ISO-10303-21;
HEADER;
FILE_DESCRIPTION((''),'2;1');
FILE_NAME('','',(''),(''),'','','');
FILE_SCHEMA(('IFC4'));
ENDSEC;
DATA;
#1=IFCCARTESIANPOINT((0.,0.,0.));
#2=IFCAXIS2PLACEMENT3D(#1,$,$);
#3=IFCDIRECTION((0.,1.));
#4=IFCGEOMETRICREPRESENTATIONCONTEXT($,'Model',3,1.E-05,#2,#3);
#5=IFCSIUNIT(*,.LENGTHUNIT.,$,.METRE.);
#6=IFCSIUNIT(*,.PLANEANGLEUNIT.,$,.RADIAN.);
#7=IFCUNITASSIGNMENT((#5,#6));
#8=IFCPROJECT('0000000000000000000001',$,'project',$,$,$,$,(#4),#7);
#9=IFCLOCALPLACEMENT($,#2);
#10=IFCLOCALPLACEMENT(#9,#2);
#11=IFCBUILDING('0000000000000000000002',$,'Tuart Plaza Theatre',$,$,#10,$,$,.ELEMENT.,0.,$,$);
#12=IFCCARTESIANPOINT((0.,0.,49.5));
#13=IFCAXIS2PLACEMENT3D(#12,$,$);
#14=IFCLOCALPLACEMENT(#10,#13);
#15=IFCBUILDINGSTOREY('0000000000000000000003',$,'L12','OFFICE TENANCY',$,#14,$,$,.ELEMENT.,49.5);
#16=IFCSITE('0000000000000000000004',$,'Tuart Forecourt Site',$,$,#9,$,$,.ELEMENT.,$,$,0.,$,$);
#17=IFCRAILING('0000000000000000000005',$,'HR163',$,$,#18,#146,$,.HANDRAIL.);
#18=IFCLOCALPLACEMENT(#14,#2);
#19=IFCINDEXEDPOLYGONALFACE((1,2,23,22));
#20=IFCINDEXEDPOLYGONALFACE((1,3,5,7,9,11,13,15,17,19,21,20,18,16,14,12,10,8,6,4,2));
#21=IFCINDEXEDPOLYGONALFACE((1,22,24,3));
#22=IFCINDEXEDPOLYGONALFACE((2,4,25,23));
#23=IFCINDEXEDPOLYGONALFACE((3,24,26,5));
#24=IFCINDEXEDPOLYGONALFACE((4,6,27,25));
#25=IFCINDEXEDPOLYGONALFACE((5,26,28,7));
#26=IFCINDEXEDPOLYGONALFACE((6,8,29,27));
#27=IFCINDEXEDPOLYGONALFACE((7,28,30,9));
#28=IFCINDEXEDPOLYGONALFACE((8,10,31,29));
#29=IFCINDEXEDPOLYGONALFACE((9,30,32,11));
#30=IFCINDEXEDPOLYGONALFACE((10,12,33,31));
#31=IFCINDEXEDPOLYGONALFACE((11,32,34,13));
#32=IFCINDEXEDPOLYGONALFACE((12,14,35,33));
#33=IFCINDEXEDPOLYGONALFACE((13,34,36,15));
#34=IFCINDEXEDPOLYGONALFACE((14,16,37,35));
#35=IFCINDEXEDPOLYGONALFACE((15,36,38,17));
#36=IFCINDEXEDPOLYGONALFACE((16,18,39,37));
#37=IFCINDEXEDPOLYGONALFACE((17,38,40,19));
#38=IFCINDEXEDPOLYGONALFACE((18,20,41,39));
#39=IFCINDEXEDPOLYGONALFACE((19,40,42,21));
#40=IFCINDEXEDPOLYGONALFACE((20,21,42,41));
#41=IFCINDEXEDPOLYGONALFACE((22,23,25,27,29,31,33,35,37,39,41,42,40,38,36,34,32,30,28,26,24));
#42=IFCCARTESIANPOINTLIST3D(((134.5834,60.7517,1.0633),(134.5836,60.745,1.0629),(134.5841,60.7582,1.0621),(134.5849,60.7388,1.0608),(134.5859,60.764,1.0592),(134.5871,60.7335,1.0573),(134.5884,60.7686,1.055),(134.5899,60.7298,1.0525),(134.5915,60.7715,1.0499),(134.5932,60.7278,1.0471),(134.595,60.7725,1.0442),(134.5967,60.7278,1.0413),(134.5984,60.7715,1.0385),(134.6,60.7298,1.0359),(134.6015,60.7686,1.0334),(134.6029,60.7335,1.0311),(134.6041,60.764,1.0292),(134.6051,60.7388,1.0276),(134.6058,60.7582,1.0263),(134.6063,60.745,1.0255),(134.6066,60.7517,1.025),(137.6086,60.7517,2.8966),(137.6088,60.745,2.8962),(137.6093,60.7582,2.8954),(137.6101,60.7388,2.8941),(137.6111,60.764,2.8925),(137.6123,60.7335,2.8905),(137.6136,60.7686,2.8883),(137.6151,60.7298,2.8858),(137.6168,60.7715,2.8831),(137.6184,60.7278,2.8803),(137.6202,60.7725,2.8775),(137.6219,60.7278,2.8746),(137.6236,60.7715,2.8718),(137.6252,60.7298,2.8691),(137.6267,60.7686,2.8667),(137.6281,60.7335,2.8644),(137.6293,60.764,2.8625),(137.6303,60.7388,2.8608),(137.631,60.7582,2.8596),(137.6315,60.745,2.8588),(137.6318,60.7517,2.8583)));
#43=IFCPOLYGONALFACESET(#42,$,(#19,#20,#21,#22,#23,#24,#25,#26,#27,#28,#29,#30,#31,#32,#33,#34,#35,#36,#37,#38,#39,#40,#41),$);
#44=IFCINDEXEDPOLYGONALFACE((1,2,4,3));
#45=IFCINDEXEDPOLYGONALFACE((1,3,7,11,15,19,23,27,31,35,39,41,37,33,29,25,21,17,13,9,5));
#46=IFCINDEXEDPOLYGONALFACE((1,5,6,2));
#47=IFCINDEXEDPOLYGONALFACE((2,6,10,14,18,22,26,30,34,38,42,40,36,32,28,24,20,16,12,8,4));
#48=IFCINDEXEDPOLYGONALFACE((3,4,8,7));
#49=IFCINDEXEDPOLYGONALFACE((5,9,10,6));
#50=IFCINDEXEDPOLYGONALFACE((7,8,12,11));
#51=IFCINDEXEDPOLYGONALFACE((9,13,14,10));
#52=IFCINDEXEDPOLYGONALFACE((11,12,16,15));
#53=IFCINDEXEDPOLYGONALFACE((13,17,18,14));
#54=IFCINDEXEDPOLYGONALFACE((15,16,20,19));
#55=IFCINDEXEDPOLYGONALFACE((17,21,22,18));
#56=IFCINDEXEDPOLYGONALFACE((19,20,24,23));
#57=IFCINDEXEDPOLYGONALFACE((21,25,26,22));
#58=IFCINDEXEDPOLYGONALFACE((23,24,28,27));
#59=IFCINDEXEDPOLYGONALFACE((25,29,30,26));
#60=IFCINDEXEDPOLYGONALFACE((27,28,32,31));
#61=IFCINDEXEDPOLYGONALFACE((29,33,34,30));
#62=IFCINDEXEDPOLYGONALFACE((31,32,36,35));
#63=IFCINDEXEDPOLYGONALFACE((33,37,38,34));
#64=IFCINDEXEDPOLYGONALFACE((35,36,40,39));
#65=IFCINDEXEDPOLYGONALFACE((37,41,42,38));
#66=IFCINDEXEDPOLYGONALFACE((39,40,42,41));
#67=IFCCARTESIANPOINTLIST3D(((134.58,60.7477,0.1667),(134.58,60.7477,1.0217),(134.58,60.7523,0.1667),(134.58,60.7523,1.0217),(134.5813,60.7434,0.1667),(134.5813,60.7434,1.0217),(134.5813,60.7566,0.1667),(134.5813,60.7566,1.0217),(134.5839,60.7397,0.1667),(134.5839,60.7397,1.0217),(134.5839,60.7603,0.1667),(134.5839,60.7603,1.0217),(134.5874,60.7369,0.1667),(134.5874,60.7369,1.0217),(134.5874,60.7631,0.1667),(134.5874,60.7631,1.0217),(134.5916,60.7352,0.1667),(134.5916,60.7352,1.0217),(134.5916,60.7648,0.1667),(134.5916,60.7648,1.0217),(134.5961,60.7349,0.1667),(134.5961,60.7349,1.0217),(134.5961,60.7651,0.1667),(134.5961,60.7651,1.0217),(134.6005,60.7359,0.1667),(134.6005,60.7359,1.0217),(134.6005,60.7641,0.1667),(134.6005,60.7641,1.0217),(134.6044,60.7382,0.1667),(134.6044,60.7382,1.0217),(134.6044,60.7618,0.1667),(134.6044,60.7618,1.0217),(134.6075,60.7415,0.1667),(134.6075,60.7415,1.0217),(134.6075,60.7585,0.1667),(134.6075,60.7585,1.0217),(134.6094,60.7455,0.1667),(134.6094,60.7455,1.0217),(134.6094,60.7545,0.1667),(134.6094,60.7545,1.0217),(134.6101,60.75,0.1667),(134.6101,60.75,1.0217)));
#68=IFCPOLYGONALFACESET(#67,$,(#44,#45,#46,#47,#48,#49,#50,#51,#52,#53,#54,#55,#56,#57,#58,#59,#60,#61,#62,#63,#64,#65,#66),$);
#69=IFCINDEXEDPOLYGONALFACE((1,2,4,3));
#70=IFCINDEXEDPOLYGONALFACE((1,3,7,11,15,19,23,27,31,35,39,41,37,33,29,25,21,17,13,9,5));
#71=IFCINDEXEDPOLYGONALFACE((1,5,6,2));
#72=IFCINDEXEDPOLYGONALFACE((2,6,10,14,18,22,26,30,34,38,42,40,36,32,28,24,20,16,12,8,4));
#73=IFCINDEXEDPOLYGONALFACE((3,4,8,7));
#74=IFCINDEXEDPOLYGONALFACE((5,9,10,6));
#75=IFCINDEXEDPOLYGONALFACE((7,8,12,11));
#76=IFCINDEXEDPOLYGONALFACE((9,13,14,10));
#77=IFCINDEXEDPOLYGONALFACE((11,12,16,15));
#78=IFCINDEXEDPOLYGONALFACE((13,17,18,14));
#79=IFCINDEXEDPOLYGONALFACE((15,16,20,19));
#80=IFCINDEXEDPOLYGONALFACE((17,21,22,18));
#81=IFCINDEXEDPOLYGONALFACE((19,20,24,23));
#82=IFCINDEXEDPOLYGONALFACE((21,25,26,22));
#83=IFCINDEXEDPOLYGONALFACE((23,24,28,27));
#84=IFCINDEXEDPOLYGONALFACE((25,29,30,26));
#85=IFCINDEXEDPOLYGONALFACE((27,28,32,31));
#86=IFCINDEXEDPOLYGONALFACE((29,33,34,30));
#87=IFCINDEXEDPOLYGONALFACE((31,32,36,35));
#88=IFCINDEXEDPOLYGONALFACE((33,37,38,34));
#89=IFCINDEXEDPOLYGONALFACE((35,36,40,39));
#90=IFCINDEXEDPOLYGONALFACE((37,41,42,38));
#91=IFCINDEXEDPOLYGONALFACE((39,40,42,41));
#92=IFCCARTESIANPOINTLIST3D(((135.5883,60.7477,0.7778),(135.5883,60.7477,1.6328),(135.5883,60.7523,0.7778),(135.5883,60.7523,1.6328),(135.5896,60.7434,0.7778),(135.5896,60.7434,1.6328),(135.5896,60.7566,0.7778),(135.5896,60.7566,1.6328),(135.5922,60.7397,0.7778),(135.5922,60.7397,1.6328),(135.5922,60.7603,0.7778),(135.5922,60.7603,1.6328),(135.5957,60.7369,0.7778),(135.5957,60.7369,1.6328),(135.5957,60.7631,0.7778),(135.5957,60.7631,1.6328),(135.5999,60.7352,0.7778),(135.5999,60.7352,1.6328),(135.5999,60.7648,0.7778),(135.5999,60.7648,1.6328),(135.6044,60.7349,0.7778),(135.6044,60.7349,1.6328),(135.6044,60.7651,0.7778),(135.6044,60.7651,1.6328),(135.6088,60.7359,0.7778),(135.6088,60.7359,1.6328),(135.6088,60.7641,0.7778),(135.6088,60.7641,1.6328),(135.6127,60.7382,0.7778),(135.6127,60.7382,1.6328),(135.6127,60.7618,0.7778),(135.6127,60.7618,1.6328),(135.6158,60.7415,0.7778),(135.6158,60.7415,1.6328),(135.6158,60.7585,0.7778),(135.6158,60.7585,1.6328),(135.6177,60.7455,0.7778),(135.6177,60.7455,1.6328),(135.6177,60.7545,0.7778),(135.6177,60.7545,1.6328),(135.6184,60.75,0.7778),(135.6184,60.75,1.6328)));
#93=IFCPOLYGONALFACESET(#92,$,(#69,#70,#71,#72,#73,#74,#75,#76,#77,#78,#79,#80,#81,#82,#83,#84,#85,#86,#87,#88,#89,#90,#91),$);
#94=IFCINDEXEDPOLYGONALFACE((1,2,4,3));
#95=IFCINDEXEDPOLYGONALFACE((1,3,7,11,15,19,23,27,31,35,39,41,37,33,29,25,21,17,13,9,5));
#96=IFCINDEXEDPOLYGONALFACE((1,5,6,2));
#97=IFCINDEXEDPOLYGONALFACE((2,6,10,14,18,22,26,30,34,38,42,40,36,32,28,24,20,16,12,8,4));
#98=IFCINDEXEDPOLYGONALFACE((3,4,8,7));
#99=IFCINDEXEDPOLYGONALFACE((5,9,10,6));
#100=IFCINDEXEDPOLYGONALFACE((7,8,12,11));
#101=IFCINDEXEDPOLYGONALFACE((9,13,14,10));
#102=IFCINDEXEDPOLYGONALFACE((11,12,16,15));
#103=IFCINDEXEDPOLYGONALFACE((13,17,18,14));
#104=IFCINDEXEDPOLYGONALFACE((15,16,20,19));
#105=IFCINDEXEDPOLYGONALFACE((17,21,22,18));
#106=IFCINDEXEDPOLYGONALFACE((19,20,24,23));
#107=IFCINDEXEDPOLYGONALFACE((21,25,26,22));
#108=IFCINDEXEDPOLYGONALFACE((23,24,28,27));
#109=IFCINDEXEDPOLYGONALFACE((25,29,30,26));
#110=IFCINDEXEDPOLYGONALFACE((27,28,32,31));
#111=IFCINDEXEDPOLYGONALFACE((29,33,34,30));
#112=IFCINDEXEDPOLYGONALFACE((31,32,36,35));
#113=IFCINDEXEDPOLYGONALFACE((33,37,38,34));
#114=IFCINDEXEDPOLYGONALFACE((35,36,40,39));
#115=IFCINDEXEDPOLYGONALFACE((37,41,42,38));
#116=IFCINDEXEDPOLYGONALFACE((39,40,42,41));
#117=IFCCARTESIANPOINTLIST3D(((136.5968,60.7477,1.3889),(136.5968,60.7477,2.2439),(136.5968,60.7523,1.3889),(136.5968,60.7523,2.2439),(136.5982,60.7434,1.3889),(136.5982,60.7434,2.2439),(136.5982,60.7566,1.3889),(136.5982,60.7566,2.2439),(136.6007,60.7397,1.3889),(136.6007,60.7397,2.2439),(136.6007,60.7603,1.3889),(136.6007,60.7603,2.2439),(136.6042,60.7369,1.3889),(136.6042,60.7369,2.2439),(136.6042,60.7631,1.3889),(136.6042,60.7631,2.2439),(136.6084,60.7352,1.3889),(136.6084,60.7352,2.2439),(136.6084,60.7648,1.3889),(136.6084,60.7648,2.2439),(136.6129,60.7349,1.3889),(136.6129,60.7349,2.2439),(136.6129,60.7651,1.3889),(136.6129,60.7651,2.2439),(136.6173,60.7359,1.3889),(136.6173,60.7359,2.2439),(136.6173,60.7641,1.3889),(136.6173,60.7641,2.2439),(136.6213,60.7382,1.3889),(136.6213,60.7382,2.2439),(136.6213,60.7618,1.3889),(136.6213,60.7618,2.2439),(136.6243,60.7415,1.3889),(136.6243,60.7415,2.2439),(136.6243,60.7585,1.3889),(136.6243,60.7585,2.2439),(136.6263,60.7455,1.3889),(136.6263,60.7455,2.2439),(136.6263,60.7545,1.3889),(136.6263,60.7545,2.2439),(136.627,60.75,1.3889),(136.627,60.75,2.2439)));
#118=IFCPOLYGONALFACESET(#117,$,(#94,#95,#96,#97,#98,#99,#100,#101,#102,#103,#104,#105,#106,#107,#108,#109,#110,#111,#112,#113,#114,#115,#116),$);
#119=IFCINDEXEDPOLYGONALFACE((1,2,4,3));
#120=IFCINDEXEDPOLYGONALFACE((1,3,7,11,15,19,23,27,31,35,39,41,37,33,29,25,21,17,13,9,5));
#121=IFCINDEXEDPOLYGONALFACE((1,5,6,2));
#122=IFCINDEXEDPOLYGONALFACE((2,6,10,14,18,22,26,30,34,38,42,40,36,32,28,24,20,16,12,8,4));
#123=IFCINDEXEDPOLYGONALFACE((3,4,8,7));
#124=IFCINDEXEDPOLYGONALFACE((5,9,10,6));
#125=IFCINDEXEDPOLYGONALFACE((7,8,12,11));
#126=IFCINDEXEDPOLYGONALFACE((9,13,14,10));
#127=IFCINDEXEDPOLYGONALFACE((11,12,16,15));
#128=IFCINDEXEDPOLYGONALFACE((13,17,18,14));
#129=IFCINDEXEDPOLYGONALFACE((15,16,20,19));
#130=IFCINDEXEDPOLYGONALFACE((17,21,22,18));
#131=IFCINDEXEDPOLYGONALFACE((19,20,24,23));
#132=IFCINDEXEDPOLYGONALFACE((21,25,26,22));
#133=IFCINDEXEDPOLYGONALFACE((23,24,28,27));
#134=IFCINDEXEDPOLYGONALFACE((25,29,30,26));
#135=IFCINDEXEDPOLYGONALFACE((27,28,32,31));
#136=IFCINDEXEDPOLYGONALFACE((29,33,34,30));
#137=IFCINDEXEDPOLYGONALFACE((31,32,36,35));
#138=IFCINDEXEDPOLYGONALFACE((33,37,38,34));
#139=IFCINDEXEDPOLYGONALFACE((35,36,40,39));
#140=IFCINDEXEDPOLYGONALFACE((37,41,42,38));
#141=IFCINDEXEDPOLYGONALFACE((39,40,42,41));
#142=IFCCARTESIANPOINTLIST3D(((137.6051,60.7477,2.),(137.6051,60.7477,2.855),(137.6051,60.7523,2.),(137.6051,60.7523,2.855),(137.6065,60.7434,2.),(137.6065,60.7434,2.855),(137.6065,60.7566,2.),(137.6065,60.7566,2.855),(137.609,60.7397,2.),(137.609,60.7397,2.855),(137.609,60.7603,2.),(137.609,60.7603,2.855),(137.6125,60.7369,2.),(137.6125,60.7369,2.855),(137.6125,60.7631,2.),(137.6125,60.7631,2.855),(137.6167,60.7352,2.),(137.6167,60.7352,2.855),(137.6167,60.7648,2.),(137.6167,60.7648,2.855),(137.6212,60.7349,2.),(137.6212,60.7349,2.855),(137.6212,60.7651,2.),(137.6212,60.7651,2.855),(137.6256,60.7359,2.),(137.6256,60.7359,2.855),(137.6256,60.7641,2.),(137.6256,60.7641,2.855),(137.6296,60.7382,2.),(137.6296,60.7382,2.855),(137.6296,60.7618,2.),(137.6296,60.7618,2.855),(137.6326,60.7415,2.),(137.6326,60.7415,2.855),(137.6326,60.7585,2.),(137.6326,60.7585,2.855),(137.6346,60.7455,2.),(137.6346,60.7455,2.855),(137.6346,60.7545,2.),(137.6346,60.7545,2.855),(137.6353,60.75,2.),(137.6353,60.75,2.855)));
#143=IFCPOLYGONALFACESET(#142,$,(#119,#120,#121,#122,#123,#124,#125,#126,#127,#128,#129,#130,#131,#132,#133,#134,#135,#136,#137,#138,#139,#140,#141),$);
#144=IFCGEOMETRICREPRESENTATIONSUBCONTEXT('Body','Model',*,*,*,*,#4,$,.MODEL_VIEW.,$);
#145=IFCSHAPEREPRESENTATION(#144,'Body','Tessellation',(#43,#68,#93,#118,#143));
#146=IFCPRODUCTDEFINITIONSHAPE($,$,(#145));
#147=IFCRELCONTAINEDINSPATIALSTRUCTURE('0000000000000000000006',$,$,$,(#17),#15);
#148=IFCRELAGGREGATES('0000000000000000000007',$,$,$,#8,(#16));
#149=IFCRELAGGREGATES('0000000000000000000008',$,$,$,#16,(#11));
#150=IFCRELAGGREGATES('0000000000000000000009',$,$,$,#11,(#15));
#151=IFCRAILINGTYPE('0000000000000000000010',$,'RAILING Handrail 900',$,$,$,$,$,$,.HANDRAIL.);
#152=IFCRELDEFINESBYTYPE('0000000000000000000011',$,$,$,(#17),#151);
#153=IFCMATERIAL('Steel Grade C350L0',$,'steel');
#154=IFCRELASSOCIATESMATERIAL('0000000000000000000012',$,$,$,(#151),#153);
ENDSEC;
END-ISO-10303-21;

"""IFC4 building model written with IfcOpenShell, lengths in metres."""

from ifc_helpers import new_model, si_unit, direction, frame, origin, origin_2d, place, context, subcontext, project, spatial, circle, extrude, material, type_object, element, save


model = new_model("IFC4")

# Units and contexts
model_context = context("Model", 3, precision=1e-05, world=origin(), true_north=direction((0.0, 1.0)))
body_context = subcontext(model_context, "Body", "Model", "MODEL_VIEW")
ifc_project = project(units=[si_unit("LENGTHUNIT", "METRE"), si_unit("PLANEANGLEUNIT", "RADIAN")], contexts=[model_context])

# Site, building, storey
site_placement = place(None, origin())
site = spatial("IfcSite", under=ifc_project, at=site_placement, Name="Tuart Forecourt Site", CompositionType="ELEMENT", RefElevation=0.0)
building_placement = place(site_placement, origin())
building = spatial("IfcBuilding", under=site, at=building_placement, Name="Tuart Plaza Theatre", CompositionType="ELEMENT", ElevationOfRefHeight=0.0)
storey_placement = place(building_placement, frame((0.0, 0.0, 49.5)))
storey = spatial("IfcBuildingStorey", under=building, at=storey_placement, Name="L12", Description="OFFICE TENANCY", CompositionType="ELEMENT", Elevation=49.5)

# Railing
ifc_material_1 = material(Name="Steel Grade C350L0", Category="steel")
railing_type_1 = type_object("IfcRailingType", Name="RAILING Handrail 900", PredefinedType="HANDRAIL", material=ifc_material_1)
for number, where, name in (
    (1, (134.595, 60.75, 0.1667), "HR163"),
):
    element("IfcRailing", number, at=place(storey_placement, frame(where)), inside=storey, type_object=railing_type_1, Name=name, PredefinedType="HANDRAIL", context=body_context, shape_type="SweptSolid", body=[
        extrude(circle(Radius=0.0225, at=origin_2d()), frame((0.0, 0.0, 0.8774), z_axis=(0.855219, 0.0, 0.518267), x_axis=(0.0, 1.0, 0.0)), (0.0, 0.0, 1.0), 3.5374),
        extrude(circle(Radius=0.0151, at=origin_2d()), origin(), (0.0, 0.0, 1.0), 0.855),
        extrude(circle(Radius=0.0151, at=origin_2d()), frame((1.0083, 0.0, 0.6111)), (0.0, 0.0, 1.0), 0.855),
        extrude(circle(Radius=0.0151, at=origin_2d()), frame((2.0168, 0.0, 1.2222)), (0.0, 0.0, 1.0), 0.855),
        extrude(circle(Radius=0.0151, at=origin_2d()), frame((3.0251, 0.0, 1.8333)), (0.0, 0.0, 1.0), 0.855),
    ])

save(model, "model.ifc")
